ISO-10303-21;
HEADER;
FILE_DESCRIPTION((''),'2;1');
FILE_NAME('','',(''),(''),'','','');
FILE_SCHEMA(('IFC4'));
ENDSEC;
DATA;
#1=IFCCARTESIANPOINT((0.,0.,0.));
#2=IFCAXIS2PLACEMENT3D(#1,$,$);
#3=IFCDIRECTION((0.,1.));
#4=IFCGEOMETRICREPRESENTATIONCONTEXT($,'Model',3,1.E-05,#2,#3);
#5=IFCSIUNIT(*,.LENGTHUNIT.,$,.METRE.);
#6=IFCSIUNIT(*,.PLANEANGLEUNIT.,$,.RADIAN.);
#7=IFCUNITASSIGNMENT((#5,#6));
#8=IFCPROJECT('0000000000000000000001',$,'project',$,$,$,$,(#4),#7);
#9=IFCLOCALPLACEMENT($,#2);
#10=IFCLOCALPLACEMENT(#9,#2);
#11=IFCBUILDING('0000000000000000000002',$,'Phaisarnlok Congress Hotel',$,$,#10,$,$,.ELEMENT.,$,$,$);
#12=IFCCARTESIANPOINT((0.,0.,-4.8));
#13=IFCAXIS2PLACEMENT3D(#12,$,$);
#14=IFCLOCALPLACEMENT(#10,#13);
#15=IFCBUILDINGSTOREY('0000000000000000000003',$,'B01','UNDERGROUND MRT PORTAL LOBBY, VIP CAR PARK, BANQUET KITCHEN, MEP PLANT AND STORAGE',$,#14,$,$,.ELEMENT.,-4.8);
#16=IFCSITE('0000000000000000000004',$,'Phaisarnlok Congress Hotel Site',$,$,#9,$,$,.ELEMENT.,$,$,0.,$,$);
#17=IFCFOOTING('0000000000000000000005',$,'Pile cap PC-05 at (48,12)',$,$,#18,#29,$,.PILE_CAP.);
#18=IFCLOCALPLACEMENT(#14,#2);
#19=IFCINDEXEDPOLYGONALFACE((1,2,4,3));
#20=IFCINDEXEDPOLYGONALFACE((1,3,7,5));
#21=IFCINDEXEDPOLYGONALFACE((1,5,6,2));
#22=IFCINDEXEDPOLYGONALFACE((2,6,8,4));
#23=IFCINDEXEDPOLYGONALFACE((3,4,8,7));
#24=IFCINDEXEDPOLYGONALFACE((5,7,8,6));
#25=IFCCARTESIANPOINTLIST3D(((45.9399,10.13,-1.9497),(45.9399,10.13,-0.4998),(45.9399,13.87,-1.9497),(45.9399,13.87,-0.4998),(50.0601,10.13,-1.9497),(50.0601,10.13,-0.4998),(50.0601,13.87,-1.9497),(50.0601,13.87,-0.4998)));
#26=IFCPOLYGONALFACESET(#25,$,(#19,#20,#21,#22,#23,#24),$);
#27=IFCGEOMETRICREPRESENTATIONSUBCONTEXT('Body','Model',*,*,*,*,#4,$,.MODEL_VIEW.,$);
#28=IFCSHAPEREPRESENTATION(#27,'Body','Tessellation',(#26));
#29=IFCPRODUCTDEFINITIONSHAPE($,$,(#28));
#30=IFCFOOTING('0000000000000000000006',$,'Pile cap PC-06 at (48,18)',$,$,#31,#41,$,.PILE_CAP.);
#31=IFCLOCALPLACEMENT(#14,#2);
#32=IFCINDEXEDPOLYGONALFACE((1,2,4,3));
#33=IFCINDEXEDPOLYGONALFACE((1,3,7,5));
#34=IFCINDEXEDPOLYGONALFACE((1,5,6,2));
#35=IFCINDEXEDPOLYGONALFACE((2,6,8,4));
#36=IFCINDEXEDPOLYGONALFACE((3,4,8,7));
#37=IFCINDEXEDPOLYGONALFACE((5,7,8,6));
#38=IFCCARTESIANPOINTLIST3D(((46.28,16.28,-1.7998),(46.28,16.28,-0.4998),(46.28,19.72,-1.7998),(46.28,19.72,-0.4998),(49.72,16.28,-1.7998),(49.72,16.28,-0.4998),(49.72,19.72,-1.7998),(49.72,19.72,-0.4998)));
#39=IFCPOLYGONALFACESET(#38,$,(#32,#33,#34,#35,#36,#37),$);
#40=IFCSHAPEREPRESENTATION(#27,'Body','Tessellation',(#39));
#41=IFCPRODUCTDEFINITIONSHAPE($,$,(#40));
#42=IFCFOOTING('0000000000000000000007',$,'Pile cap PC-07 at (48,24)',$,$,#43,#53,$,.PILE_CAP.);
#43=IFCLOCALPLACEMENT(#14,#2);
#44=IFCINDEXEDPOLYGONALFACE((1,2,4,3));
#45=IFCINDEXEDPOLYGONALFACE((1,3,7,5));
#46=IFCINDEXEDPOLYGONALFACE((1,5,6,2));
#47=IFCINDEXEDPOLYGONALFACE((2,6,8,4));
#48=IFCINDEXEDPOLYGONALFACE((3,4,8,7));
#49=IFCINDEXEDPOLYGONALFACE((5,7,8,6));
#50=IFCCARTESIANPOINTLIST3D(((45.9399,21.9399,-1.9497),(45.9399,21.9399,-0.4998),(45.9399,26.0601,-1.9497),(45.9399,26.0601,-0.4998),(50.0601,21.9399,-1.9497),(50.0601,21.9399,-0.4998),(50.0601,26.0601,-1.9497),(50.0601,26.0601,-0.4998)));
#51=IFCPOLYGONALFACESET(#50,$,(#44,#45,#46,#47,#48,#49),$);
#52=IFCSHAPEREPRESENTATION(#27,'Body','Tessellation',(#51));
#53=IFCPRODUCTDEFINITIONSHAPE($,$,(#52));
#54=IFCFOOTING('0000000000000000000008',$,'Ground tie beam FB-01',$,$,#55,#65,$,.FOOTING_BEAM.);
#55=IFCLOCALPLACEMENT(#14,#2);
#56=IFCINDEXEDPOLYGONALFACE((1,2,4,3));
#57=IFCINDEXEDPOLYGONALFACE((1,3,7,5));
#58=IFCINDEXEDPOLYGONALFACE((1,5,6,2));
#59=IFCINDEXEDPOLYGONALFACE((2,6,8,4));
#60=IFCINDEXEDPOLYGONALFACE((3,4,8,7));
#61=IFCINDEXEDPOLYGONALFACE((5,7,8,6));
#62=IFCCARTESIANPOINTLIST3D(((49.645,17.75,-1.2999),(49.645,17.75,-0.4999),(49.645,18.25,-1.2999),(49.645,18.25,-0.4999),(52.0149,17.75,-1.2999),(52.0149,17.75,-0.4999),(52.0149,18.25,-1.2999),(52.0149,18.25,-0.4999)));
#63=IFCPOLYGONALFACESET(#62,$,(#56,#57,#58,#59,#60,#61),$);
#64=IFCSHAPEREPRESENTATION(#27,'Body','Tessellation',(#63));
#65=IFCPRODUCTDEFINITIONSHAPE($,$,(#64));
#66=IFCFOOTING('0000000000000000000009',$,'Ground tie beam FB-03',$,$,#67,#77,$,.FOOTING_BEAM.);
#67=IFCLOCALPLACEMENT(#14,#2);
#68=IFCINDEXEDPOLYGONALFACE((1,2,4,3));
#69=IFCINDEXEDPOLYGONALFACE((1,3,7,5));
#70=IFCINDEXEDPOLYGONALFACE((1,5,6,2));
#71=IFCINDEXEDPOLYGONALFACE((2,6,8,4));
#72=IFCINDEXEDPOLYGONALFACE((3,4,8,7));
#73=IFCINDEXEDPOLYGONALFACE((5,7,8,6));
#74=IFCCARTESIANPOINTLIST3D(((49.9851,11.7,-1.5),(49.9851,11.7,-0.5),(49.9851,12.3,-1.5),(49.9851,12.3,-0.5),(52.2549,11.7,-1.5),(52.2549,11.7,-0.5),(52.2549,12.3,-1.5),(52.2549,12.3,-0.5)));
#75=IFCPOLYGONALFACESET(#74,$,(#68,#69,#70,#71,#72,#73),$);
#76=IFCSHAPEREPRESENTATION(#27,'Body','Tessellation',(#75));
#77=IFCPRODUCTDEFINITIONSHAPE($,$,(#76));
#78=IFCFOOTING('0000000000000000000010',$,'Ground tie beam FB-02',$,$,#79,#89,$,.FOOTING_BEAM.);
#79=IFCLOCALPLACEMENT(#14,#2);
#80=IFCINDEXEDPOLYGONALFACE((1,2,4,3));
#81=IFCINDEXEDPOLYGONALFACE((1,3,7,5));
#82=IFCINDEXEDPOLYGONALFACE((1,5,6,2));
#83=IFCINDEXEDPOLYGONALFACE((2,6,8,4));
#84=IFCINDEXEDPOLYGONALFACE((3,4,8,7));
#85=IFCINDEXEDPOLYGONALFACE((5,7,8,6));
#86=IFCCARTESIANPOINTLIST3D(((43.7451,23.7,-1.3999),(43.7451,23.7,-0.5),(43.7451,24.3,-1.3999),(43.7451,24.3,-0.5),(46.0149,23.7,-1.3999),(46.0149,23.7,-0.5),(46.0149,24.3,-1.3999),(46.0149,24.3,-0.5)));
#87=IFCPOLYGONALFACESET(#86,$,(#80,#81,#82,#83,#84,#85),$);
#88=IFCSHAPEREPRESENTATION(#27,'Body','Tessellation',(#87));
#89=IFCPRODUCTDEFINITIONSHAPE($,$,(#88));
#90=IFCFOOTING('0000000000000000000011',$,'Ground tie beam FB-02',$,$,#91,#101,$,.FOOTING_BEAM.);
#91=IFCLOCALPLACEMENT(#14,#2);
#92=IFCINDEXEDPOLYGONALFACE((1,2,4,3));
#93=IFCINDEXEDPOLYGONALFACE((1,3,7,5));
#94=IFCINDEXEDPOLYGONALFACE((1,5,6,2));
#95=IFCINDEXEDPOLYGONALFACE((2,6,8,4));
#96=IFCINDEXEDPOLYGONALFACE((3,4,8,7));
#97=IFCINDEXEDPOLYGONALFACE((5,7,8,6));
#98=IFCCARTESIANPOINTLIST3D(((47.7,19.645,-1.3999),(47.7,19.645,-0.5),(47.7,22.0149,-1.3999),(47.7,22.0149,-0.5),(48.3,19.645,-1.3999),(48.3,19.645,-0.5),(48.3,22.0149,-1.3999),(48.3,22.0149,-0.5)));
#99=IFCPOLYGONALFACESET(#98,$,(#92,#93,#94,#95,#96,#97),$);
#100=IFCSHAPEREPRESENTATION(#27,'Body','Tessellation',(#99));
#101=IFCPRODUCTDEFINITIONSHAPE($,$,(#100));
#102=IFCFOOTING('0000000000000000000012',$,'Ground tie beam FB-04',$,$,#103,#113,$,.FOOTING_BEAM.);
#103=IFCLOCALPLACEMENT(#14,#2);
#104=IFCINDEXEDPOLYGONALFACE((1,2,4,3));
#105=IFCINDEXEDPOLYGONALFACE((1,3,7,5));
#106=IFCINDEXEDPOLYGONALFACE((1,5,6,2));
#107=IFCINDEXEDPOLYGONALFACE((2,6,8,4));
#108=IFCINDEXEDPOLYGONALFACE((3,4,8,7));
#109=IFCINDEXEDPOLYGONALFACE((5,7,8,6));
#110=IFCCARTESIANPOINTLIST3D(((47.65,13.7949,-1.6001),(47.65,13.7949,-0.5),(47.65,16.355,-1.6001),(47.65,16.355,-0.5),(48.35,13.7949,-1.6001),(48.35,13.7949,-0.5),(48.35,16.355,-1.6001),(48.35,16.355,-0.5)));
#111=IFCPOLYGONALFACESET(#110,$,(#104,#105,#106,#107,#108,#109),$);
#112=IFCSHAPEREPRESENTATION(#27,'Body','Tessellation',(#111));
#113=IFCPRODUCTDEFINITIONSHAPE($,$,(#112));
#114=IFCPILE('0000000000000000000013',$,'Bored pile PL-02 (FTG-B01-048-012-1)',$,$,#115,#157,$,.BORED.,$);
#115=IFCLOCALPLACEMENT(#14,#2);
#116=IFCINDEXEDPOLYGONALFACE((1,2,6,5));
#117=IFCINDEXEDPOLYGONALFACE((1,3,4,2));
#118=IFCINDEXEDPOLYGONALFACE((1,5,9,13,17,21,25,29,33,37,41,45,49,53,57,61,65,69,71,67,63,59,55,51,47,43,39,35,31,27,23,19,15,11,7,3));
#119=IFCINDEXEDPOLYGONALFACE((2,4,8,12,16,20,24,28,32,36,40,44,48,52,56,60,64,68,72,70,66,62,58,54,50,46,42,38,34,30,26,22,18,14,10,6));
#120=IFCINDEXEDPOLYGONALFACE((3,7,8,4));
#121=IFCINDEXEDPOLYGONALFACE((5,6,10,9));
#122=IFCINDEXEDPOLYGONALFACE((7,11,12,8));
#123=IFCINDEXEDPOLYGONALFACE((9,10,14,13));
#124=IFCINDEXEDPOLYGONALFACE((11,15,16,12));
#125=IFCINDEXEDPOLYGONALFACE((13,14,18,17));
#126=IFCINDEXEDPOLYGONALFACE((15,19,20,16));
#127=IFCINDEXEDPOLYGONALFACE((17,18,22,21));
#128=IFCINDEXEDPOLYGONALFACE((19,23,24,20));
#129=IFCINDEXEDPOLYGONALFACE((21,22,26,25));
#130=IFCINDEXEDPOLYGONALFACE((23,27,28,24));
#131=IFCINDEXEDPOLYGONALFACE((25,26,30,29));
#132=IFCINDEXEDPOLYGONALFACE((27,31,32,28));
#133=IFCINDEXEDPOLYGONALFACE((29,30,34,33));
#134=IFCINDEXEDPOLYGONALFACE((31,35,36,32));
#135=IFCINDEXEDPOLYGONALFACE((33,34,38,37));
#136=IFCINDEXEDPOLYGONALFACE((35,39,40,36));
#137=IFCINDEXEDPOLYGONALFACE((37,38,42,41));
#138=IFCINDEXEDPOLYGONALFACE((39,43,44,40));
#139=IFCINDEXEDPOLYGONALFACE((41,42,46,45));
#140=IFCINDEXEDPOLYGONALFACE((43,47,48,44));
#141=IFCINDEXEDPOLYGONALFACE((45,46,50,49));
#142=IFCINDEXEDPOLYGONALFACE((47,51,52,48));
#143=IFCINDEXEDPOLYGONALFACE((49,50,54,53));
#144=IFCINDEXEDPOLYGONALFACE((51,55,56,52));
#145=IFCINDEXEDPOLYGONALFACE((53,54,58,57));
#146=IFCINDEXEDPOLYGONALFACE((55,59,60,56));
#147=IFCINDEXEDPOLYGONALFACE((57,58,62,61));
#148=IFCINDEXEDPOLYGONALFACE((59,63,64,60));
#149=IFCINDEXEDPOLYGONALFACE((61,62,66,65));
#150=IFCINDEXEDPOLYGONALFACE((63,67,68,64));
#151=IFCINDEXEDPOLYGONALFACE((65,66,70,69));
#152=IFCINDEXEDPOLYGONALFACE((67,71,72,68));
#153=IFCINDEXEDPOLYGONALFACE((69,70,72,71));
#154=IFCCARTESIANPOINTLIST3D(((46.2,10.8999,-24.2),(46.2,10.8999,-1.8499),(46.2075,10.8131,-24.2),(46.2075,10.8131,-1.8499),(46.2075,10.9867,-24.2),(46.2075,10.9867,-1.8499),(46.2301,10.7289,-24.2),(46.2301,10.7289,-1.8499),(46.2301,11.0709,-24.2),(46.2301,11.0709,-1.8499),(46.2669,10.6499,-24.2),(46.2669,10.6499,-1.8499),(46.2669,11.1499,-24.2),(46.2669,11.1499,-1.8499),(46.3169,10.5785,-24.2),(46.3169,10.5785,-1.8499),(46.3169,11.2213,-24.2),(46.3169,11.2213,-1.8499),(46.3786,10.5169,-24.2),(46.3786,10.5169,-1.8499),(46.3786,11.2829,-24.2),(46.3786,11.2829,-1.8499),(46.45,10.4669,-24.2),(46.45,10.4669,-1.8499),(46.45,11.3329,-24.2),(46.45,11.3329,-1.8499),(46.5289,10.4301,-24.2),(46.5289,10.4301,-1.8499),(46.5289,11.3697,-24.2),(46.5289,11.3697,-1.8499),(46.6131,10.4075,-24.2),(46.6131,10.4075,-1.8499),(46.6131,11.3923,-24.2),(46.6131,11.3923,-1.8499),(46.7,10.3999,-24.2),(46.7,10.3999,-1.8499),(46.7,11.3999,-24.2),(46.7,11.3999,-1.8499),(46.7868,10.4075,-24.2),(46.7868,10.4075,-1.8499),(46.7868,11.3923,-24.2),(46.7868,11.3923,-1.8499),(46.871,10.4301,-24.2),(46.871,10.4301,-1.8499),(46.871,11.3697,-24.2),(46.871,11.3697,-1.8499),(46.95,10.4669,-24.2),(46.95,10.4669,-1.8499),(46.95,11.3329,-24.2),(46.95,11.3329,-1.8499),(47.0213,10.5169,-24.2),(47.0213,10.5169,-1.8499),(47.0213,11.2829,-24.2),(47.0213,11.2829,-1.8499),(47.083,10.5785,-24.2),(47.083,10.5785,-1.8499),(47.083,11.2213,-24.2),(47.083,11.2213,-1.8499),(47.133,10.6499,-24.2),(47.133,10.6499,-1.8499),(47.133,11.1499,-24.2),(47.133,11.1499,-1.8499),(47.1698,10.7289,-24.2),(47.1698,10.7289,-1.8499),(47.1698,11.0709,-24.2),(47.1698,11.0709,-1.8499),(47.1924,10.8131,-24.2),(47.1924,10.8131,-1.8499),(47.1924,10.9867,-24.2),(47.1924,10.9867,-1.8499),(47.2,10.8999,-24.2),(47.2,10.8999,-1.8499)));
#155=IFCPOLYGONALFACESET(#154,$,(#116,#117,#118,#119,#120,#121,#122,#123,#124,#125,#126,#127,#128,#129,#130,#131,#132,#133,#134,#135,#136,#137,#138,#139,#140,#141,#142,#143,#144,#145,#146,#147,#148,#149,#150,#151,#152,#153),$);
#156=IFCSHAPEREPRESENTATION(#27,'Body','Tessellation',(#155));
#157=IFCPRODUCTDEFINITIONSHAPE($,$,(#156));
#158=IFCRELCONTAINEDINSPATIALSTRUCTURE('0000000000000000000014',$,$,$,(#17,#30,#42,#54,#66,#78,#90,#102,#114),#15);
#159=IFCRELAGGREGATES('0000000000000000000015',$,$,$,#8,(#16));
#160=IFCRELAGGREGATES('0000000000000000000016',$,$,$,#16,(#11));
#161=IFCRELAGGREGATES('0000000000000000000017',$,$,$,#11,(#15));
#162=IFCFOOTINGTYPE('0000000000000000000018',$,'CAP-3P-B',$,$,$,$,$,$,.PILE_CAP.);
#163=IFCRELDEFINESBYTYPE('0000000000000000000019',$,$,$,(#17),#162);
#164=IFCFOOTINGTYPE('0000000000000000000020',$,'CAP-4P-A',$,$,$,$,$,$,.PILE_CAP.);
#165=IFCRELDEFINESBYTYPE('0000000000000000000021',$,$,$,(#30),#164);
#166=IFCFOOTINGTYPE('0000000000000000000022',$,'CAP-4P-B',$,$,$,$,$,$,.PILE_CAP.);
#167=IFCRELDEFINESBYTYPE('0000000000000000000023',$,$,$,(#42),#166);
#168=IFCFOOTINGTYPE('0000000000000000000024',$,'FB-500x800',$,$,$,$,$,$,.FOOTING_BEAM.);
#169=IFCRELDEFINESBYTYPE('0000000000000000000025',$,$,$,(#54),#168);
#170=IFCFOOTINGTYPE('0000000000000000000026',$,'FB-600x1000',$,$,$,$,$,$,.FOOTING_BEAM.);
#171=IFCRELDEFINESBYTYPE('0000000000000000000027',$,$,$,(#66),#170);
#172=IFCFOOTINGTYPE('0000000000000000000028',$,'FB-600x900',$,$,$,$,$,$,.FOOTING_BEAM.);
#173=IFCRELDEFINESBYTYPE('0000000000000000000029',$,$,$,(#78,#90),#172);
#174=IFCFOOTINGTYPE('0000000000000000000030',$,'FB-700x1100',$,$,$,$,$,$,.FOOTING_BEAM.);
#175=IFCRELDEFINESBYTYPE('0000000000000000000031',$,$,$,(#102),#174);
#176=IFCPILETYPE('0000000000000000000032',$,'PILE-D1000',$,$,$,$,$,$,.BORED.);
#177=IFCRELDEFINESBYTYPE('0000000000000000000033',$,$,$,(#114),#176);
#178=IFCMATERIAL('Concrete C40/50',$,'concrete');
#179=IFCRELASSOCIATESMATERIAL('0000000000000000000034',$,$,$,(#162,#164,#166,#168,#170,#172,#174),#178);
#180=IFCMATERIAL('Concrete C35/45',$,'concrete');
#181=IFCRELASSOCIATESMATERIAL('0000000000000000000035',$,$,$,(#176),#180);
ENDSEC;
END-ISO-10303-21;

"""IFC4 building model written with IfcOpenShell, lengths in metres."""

from ifc_helpers import new_model, si_unit, direction, frame, origin, origin_2d, place, context, subcontext, project, spatial, rectangle, circle, extrude, material, material_profile, profile_set, type_object, element, save


model = new_model("IFC4")

# Units and contexts
model_context = context("Model", 3, precision=1e-05, world=origin(), true_north=direction((0.0, 1.0)))
body_context = subcontext(model_context, "Body", "Model", "MODEL_VIEW")
ifc_project = project(units=[si_unit("LENGTHUNIT", "METRE"), si_unit("PLANEANGLEUNIT", "RADIAN")], contexts=[model_context])

# Site, building, storey
site_placement = place(None, origin())
site = spatial("IfcSite", under=ifc_project, at=site_placement, Name="Phaisarnlok Congress Hotel Site", CompositionType="ELEMENT", RefElevation=0.0)
building_placement = place(site_placement, origin())
building = spatial("IfcBuilding", under=site, at=building_placement, Name="Phaisarnlok Congress Hotel", CompositionType="ELEMENT")
storey_placement = place(building_placement, frame((0.0, 0.0, -4.8)))
storey = spatial("IfcBuildingStorey", under=building, at=storey_placement, Name="B01", Description="UNDERGROUND MRT PORTAL LOBBY, VIP CAR PARK, BANQUET KITCHEN, MEP PLANT AND STORAGE", CompositionType="ELEMENT", Elevation=-4.8)

# Footings
ifc_material_1 = material(Name="Concrete C40/50", Category="concrete")
footing_type_1 = type_object("IfcFootingType", Name="CAP-3P-B", PredefinedType="PILE_CAP", material=ifc_material_1)
footing_1_placement = place(storey_placement, frame((48.0, 12.0, -1.9497), z_axis=(0.0, 0.0, 1.0), x_axis=(1.0, 0.0, 0.0)))
element("IfcFooting", 1, at=footing_1_placement, inside=storey, type_object=footing_type_1, Name="Pile cap PC-05 at (48,12)", PredefinedType="PILE_CAP", context=body_context, shape_type="SweptSolid", body=[
    extrude(rectangle(XDim=4.1201, YDim=3.74, at=origin_2d()), origin(), (0.0, 0.0, 1.0), 1.45),
])
footing_type_2 = type_object("IfcFootingType", Name="CAP-4P-A", PredefinedType="PILE_CAP", material=ifc_material_1)
footing_2_placement = place(storey_placement, frame((48.0, 18.0, -1.7998), z_axis=(0.0, 0.0, 1.0), x_axis=(1.0, 0.0, 0.0)))
element("IfcFooting", 2, at=footing_2_placement, inside=storey, type_object=footing_type_2, Name="Pile cap PC-06 at (48,18)", PredefinedType="PILE_CAP", context=body_context, shape_type="SweptSolid", body=[
    extrude(rectangle(XDim=3.4399, YDim=3.4399, at=origin_2d()), origin(), (0.0, 0.0, 1.0), 1.3),
])
footing_type_3 = type_object("IfcFootingType", Name="CAP-4P-B", PredefinedType="PILE_CAP", material=ifc_material_1)
footing_3_placement = place(storey_placement, frame((48.0, 24.0, -1.9497), z_axis=(0.0, 0.0, 1.0), x_axis=(1.0, 0.0, 0.0)))
element("IfcFooting", 3, at=footing_3_placement, inside=storey, type_object=footing_type_3, Name="Pile cap PC-07 at (48,24)", PredefinedType="PILE_CAP", context=body_context, shape_type="SweptSolid", body=[
    extrude(rectangle(XDim=4.1201, YDim=4.1201, at=origin_2d()), origin(), (0.0, 0.0, 1.0), 1.45),
])
ifc_material_profile_1 = material_profile(ifc_material_1, rectangle(XDim=0.5, YDim=0.8, at=origin_2d()), Name="FB-500x800")
ifc_profile_set_1 = profile_set([ifc_material_profile_1], Name="Concrete C40/50")
footing_type_4 = type_object("IfcFootingType", Name="FB-500x800", PredefinedType="FOOTING_BEAM", material=ifc_profile_set_1)
footing_4_placement = place(storey_placement, frame((49.645, 18.0, -0.8999), z_axis=(1.0, 0.0, 0.0), x_axis=(0.0, 1.0, 0.0)))
element("IfcFooting", 4, at=footing_4_placement, inside=storey, type_object=footing_type_4, Name="Ground tie beam FB-01", PredefinedType="FOOTING_BEAM", context=body_context, shape_type="SweptSolid", body=[
    extrude(rectangle(XDim=0.5, YDim=0.8, at=origin_2d()), origin(), (0.0, 0.0, 1.0), 2.3699),
])
ifc_material_profile_2 = material_profile(ifc_material_1, rectangle(XDim=0.6001, YDim=1.0, at=origin_2d()), Name="FB-600x1000")
ifc_profile_set_2 = profile_set([ifc_material_profile_2], Name="Concrete C40/50")
footing_type_5 = type_object("IfcFootingType", Name="FB-600x1000", PredefinedType="FOOTING_BEAM", material=ifc_profile_set_2)
footing_5_placement = place(storey_placement, frame((49.9851, 12.0, -1.0), z_axis=(1.0, 0.0, 0.0), x_axis=(0.0, 1.0, 0.0)))
element("IfcFooting", 5, at=footing_5_placement, inside=storey, type_object=footing_type_5, Name="Ground tie beam FB-03", PredefinedType="FOOTING_BEAM", context=body_context, shape_type="SweptSolid", body=[
    extrude(rectangle(XDim=0.6001, YDim=1.0, at=origin_2d()), origin(), (0.0, 0.0, 1.0), 2.2698),
])
ifc_material_profile_3 = material_profile(ifc_material_1, rectangle(XDim=0.6001, YDim=0.8999, at=origin_2d()), Name="FB-600x900")
ifc_profile_set_3 = profile_set([ifc_material_profile_3], Name="Concrete C40/50")
footing_type_6 = type_object("IfcFootingType", Name="FB-600x900", PredefinedType="FOOTING_BEAM", material=ifc_profile_set_3)
footing_6_placement = place(storey_placement, frame((43.7451, 24.0, -0.95), z_axis=(1.0, 0.0, 0.0), x_axis=(0.0, 1.0, 0.0)))
element("IfcFooting", 6, at=footing_6_placement, inside=storey, type_object=footing_type_6, Name="Ground tie beam FB-02", PredefinedType="FOOTING_BEAM", context=body_context, shape_type="SweptSolid", body=[
    extrude(rectangle(XDim=0.6001, YDim=0.8999, at=origin_2d()), origin(), (0.0, 0.0, 1.0), 2.2698),
])
footing_7_placement = place(storey_placement, frame((48.0, 19.645, -0.95), z_axis=(0.0, 1.0, 0.0), x_axis=(-1.0, 0.0, 0.0)))
element("IfcFooting", 7, at=footing_7_placement, inside=storey, type_object=footing_type_6, Name="Ground tie beam FB-02", PredefinedType="FOOTING_BEAM", context=body_context, shape_type="SweptSolid", body=[
    extrude(rectangle(XDim=0.6001, YDim=0.8999, at=origin_2d()), origin(), (0.0, 0.0, 1.0), 2.3699),
])
ifc_material_profile_4 = material_profile(ifc_material_1, rectangle(XDim=0.7, YDim=1.1001, at=origin_2d()), Name="FB-700x1100")
ifc_profile_set_4 = profile_set([ifc_material_profile_4], Name="Concrete C40/50")
footing_type_7 = type_object("IfcFootingType", Name="FB-700x1100", PredefinedType="FOOTING_BEAM", material=ifc_profile_set_4)
footing_8_placement = place(storey_placement, frame((48.0, 13.7949, -1.05), z_axis=(0.0, 1.0, 0.0), x_axis=(-1.0, 0.0, 0.0)))
element("IfcFooting", 8, at=footing_8_placement, inside=storey, type_object=footing_type_7, Name="Ground tie beam FB-04", PredefinedType="FOOTING_BEAM", context=body_context, shape_type="SweptSolid", body=[
    extrude(rectangle(XDim=0.7, YDim=1.1001, at=origin_2d()), origin(), (0.0, 0.0, 1.0), 2.5601),
])

# Pile
ifc_material_2 = material(Name="Concrete C35/45", Category="concrete")
ifc_material_profile_5 = material_profile(ifc_material_2, circle(Radius=0.5, at=origin_2d()), Name="BORED PILE D1000")
ifc_profile_set_5 = profile_set([ifc_material_profile_5], Name="Concrete C35/45")
pile_type_1 = type_object("IfcPileType", Name="PILE-D1000", PredefinedType="BORED", material=ifc_profile_set_5)
for number, where, z_axis, x_axis, name in (
    (9, (46.7, 10.8999, -1.8499), (0.0, 0.0, -1.0), (1.0, 0.0, 0.0), "Bored pile PL-02 (FTG-B01-048-012-1)"),
):
    element("IfcPile", number, at=place(storey_placement, frame(where, z_axis=z_axis, x_axis=x_axis)), inside=storey, type_object=pile_type_1, Name=name, PredefinedType="BORED", context=body_context, shape_type="SweptSolid", body=[
        extrude(circle(Radius=0.5, at=origin_2d()), origin(), (0.0, 0.0, 1.0), 22.3501),
    ])

save(model, "model.ifc")
